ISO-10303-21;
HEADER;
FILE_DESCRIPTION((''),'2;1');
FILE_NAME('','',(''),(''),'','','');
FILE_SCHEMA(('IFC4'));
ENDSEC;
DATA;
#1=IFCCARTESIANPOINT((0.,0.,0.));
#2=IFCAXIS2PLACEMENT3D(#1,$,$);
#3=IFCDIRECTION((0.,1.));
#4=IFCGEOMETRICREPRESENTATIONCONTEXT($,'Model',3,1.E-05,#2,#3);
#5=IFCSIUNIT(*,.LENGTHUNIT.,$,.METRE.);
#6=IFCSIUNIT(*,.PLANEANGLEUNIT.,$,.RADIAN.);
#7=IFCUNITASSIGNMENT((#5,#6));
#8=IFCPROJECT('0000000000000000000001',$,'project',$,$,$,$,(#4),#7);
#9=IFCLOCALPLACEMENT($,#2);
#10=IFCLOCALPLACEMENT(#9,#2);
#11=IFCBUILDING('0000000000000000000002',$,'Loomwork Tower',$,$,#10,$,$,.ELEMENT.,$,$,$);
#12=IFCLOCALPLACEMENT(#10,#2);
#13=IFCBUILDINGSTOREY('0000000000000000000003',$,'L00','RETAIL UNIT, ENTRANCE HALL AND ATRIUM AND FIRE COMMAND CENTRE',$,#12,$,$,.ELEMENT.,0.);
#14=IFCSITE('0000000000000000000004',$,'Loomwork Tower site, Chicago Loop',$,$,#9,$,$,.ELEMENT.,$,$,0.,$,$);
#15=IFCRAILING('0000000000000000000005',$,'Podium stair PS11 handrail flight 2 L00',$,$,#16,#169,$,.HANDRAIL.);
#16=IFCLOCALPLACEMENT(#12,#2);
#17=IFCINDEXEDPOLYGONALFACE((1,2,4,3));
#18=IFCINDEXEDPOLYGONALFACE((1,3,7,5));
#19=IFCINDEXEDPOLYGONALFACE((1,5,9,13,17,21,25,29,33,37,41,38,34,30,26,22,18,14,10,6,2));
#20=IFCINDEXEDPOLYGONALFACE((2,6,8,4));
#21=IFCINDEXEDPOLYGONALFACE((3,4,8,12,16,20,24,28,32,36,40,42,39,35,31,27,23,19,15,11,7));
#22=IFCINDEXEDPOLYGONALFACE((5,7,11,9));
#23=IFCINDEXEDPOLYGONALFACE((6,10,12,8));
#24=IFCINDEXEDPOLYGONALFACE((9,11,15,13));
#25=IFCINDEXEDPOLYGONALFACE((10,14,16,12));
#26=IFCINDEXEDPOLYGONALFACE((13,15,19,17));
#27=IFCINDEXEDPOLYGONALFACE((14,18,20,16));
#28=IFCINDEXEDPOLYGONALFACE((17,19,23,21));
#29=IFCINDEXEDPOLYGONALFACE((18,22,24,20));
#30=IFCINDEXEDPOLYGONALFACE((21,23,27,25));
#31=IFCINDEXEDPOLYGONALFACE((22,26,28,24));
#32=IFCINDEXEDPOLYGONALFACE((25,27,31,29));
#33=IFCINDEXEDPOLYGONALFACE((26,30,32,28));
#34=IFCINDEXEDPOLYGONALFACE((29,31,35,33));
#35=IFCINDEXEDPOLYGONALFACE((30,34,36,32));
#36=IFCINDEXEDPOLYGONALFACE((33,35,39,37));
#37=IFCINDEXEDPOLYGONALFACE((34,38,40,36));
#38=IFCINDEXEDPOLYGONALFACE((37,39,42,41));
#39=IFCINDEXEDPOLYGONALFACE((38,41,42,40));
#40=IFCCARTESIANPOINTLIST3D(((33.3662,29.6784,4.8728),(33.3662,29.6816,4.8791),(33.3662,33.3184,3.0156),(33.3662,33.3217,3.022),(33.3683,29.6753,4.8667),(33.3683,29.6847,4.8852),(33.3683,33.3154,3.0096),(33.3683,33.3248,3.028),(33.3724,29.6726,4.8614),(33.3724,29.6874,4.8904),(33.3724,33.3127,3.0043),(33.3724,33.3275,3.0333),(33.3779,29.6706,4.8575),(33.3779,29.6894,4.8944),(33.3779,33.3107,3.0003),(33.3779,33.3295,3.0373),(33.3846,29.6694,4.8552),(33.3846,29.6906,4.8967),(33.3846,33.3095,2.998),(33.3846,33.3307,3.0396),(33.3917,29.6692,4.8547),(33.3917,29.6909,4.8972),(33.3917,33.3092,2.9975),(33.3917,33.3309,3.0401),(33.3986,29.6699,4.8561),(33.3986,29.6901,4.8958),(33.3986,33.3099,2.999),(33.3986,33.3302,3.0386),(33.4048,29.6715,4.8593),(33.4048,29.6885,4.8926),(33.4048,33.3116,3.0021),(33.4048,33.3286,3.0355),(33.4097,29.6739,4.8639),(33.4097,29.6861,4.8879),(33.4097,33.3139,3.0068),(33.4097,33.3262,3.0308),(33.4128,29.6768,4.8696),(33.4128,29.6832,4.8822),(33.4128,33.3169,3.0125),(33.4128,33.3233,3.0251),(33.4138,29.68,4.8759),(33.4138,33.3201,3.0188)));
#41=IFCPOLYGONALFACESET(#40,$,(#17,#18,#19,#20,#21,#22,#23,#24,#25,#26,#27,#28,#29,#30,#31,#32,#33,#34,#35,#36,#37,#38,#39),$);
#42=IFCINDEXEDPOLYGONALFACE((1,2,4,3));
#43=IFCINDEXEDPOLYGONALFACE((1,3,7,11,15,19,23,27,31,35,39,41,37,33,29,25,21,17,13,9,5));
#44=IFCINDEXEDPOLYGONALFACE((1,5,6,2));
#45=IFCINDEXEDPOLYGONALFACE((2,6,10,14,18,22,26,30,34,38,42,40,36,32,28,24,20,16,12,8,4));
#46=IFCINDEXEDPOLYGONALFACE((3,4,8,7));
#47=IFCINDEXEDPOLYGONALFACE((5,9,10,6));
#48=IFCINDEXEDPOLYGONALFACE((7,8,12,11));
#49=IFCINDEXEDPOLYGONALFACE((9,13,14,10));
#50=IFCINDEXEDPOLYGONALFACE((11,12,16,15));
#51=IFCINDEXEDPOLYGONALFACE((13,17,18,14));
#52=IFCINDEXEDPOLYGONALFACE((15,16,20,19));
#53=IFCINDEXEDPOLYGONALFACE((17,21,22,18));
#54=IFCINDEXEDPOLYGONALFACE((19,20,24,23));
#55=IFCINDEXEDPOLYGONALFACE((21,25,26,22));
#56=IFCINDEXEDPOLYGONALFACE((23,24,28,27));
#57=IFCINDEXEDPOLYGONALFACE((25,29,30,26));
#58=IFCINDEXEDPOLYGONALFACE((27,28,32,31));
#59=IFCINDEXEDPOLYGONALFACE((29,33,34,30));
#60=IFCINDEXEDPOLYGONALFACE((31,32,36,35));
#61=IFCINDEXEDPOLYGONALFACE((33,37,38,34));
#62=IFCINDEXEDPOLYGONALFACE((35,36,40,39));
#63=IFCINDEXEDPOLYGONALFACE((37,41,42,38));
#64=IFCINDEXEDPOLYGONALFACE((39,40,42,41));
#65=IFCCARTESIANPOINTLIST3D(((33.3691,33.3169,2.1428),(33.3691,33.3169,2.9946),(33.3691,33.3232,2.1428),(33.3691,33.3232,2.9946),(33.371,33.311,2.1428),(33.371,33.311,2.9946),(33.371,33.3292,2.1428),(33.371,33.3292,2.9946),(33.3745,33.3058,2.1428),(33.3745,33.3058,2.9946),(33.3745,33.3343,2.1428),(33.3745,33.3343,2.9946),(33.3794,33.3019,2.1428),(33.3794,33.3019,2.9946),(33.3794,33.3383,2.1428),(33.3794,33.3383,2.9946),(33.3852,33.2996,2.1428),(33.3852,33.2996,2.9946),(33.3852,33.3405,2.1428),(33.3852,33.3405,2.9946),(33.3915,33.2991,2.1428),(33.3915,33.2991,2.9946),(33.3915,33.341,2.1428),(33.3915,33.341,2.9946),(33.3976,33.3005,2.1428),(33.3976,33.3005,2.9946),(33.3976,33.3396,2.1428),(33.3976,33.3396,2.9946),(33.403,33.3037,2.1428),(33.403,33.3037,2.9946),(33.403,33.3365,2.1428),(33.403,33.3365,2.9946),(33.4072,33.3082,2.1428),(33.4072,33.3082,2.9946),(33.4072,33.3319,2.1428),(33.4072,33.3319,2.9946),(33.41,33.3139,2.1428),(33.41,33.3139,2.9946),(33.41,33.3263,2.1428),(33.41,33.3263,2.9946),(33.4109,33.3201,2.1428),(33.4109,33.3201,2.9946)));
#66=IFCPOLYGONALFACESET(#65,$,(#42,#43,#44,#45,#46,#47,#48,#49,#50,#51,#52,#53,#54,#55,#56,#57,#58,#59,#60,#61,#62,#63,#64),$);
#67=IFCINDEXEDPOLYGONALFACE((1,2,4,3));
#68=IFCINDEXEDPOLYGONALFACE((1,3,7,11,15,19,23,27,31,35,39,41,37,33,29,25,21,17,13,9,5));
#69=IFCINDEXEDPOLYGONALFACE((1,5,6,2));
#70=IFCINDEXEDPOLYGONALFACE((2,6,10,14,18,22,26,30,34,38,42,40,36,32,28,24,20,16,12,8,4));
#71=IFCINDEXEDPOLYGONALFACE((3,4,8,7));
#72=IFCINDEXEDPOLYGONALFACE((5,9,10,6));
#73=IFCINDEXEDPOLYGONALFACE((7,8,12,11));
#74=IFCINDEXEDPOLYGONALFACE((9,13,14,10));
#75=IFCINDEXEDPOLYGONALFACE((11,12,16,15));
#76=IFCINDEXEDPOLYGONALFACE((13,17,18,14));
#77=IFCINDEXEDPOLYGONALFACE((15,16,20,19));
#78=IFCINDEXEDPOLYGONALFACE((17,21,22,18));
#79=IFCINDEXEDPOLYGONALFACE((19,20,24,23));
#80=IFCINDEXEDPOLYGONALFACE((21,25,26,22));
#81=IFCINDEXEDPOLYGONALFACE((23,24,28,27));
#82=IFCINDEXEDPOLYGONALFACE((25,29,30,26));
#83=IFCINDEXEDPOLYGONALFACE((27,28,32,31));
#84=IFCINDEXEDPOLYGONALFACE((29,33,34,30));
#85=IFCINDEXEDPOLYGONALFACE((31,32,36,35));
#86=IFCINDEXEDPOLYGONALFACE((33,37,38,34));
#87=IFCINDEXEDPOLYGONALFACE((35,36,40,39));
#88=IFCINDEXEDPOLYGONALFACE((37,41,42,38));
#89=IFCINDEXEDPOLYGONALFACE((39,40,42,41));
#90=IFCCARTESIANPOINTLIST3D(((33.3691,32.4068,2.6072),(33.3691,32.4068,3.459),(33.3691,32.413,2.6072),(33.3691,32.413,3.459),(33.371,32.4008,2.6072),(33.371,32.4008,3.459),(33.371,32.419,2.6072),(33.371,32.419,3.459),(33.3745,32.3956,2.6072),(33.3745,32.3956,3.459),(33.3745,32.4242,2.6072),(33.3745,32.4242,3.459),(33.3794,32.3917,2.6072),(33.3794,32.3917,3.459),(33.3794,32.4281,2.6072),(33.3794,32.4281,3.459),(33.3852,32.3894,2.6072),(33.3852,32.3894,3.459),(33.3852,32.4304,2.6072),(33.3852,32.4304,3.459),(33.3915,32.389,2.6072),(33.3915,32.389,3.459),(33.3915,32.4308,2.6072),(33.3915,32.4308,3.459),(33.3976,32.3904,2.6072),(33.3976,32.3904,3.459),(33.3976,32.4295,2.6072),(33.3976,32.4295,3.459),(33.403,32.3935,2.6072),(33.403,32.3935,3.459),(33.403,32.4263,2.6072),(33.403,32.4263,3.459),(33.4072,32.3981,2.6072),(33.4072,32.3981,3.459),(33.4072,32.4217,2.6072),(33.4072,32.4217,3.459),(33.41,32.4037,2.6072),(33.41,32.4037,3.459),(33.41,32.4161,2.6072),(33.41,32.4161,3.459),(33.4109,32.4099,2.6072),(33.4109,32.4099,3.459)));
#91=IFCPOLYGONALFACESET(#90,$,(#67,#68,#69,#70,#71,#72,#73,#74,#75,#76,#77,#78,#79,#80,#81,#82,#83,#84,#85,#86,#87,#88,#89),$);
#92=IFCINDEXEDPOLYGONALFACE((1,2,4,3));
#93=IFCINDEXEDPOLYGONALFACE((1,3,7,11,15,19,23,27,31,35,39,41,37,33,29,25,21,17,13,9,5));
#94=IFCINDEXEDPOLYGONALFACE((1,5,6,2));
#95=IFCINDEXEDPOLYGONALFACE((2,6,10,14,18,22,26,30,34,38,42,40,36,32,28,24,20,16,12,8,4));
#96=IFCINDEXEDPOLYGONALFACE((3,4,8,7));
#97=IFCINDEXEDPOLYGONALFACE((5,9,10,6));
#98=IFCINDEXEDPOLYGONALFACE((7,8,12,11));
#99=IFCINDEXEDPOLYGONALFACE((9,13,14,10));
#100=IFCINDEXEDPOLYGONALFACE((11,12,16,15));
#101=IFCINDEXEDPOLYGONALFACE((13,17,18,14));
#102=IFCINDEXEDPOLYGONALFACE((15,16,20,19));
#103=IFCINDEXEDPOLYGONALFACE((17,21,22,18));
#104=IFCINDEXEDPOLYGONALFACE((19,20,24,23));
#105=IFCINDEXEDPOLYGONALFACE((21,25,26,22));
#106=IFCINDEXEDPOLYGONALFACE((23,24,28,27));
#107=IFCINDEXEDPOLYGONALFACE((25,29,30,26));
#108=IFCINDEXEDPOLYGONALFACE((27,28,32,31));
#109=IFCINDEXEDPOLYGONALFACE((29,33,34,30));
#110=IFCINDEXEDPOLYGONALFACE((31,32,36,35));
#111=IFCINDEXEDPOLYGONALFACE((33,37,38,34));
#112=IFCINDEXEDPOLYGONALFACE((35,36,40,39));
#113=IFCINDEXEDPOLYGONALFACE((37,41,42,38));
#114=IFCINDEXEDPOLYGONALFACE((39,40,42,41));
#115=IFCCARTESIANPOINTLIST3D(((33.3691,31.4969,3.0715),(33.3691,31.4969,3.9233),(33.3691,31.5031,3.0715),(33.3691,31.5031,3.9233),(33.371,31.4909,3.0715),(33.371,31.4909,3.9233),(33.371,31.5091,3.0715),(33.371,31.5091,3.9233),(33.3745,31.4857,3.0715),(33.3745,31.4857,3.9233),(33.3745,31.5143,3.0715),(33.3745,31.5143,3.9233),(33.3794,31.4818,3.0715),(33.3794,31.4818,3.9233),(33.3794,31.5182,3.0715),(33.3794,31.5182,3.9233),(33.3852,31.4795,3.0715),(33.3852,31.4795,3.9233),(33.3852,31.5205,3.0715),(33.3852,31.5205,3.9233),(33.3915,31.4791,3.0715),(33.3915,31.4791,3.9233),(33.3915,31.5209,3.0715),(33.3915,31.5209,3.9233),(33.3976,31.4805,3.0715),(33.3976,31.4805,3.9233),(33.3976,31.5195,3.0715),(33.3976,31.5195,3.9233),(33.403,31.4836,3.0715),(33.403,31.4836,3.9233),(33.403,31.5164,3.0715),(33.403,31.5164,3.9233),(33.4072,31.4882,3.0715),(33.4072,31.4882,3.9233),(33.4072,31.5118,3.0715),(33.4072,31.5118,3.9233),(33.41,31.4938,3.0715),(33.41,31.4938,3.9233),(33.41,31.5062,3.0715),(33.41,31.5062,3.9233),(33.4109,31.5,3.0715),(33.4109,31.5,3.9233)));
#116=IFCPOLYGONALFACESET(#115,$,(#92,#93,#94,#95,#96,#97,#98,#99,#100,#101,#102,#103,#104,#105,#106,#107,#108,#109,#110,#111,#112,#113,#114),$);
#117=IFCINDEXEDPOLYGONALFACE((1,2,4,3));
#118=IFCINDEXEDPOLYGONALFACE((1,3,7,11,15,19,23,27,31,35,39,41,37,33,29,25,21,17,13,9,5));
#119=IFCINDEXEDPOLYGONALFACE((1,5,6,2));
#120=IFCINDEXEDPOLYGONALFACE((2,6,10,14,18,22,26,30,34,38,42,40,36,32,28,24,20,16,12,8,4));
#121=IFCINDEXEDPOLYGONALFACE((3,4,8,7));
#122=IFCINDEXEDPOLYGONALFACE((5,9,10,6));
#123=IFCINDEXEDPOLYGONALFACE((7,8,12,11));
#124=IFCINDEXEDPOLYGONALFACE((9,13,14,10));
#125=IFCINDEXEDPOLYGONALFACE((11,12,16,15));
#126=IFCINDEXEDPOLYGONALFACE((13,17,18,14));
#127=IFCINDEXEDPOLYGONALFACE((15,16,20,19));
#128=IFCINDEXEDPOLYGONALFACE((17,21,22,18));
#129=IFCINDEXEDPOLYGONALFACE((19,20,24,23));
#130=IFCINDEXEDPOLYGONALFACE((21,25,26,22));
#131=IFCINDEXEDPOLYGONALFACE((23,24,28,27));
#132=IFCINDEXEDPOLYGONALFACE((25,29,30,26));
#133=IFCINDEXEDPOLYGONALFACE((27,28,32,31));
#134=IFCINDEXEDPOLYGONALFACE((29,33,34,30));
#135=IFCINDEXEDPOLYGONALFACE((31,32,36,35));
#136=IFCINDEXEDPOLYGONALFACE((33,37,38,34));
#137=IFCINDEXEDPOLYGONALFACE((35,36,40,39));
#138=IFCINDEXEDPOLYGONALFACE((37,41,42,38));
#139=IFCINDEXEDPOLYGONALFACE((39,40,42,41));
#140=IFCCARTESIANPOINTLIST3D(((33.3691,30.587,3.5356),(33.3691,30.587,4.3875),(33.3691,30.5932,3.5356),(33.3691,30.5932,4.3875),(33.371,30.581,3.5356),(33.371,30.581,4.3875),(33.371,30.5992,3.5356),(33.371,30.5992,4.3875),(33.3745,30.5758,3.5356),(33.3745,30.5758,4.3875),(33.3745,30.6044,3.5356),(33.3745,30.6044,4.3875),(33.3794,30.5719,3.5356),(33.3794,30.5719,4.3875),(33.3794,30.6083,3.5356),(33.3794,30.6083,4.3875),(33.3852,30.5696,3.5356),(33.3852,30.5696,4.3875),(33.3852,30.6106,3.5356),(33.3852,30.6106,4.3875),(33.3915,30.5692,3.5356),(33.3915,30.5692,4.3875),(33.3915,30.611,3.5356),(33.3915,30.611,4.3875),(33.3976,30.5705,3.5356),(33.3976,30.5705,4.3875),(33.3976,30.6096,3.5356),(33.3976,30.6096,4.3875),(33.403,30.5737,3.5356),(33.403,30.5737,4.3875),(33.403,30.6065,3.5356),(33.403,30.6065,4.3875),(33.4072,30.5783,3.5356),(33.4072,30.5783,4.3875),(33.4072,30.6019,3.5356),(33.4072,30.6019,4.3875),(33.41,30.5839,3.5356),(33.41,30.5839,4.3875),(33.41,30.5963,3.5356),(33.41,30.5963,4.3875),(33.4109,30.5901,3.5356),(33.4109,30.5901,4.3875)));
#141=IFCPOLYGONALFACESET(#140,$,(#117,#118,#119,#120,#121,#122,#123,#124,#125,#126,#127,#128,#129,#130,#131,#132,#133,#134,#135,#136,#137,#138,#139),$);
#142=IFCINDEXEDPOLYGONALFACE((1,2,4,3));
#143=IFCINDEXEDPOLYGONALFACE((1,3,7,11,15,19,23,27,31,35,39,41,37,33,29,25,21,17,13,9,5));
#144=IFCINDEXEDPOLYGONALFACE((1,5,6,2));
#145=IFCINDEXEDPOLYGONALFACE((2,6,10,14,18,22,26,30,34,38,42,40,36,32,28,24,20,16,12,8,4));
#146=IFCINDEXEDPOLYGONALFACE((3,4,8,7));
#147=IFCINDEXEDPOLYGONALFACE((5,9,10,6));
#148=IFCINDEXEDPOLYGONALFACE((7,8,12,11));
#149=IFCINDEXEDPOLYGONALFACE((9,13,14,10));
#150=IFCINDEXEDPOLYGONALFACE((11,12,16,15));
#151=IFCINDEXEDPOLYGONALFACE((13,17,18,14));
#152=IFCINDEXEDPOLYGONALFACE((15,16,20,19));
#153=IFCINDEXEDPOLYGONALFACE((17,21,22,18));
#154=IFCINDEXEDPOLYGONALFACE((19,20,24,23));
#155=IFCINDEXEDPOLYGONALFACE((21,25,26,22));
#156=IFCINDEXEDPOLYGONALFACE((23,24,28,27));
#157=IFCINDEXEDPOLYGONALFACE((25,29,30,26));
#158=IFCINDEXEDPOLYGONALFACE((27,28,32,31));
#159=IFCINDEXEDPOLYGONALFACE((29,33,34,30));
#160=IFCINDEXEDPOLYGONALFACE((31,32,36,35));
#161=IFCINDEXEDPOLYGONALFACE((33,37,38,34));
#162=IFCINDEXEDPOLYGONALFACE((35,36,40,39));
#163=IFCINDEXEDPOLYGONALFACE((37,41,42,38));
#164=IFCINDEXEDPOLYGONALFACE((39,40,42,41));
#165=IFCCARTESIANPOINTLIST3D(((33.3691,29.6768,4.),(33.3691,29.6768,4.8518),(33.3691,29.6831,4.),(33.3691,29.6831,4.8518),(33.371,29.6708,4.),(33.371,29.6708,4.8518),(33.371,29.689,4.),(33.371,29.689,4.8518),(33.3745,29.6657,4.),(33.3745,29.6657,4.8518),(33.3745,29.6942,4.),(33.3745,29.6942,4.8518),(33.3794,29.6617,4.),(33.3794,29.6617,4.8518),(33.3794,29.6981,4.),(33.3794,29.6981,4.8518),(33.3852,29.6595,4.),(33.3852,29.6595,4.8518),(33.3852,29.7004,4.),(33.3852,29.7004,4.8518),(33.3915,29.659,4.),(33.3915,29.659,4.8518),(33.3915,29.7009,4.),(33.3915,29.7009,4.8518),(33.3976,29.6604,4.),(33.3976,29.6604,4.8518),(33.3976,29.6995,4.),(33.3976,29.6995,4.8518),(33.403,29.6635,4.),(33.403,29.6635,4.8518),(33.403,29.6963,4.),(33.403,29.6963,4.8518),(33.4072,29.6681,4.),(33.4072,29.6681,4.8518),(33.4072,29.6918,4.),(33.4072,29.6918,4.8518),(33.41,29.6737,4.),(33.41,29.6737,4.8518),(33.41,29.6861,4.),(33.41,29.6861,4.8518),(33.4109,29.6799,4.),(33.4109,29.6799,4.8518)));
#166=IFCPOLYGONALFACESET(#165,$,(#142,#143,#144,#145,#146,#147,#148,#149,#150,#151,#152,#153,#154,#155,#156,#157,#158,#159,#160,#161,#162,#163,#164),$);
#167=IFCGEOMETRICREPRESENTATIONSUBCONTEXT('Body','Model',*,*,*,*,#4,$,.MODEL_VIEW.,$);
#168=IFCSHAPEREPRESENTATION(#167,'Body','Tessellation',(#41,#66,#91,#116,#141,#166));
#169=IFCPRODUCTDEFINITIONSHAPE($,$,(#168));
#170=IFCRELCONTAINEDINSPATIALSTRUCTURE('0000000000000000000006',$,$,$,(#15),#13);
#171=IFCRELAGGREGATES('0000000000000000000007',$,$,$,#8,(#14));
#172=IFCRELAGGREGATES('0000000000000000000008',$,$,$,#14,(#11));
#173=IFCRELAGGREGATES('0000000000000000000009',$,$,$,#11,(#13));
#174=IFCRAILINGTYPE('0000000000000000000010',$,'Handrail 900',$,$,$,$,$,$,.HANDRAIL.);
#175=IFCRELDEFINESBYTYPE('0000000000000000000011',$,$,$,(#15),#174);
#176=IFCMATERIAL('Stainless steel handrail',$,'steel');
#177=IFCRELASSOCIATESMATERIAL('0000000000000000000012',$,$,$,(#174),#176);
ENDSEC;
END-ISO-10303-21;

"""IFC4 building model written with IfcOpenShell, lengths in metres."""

from ifc_helpers import new_model, si_unit, direction, frame, origin, origin_2d, place, context, subcontext, project, spatial, circle, extrude, material, type_object, element, save


model = new_model("IFC4")

# Units and contexts
model_context = context("Model", 3, precision=1e-05, world=origin(), true_north=direction((0.0, 1.0)))
body_context = subcontext(model_context, "Body", "Model", "MODEL_VIEW")
ifc_project = project(units=[si_unit("LENGTHUNIT", "METRE"), si_unit("PLANEANGLEUNIT", "RADIAN")], contexts=[model_context])

# Site, building, storey
site_placement = place(None, origin())
site = spatial("IfcSite", under=ifc_project, at=site_placement, Name="Loomwork Tower site, Chicago Loop", CompositionType="ELEMENT", RefElevation=0.0)
building_placement = place(site_placement, origin())
building = spatial("IfcBuilding", under=site, at=building_placement, Name="Loomwork Tower", CompositionType="ELEMENT")
storey_placement = place(building_placement, origin())
storey = spatial("IfcBuildingStorey", under=building, at=storey_placement, Name="L00", Description="RETAIL UNIT, ENTRANCE HALL AND ATRIUM AND FIRE COMMAND CENTRE", CompositionType="ELEMENT", Elevation=0.0)

# Railing
ifc_material_1 = material(Name="Stainless steel handrail", Category="steel")
railing_type = type_object("IfcRailingType", Name="Handrail 900", PredefinedType="HANDRAIL", material=ifc_material_1)
railing_1_placement = place(storey_placement, frame((33.3899, 33.3201, 2.1428)))
element("IfcRailing", 1, at=railing_1_placement, inside=storey, type_object=railing_type, Name="Podium stair PS11 handrail flight 2 L00", PredefinedType="HANDRAIL", context=body_context, shape_type="SweptSolid", body=[
    extrude(circle(Radius=0.0239, at=origin_2d()), frame((0.0, 0.0, 0.876), z_axis=(0.0, -0.890765, 0.454464), x_axis=(1.0, 0.0, 0.0)), (0.0, 0.0, 1.0), 4.0864),
    extrude(circle(Radius=0.021, at=origin_2d()), origin(), (0.0, 0.0, 1.0), 0.8518),
    extrude(circle(Radius=0.021, at=origin_2d()), frame((0.0, -0.9102, 0.4644)), (0.0, 0.0, 1.0), 0.8518),
    extrude(circle(Radius=0.021, at=origin_2d()), frame((0.0, -1.8201, 0.9287)), (0.0, 0.0, 1.0), 0.8518),
    extrude(circle(Radius=0.021, at=origin_2d()), frame((0.0, -2.73, 1.3928)), (0.0, 0.0, 1.0), 0.8518),
    extrude(circle(Radius=0.021, at=origin_2d()), frame((0.0, -3.6401, 1.8572)), (0.0, 0.0, 1.0), 0.8518),
])

save(model, "model.ifc")
